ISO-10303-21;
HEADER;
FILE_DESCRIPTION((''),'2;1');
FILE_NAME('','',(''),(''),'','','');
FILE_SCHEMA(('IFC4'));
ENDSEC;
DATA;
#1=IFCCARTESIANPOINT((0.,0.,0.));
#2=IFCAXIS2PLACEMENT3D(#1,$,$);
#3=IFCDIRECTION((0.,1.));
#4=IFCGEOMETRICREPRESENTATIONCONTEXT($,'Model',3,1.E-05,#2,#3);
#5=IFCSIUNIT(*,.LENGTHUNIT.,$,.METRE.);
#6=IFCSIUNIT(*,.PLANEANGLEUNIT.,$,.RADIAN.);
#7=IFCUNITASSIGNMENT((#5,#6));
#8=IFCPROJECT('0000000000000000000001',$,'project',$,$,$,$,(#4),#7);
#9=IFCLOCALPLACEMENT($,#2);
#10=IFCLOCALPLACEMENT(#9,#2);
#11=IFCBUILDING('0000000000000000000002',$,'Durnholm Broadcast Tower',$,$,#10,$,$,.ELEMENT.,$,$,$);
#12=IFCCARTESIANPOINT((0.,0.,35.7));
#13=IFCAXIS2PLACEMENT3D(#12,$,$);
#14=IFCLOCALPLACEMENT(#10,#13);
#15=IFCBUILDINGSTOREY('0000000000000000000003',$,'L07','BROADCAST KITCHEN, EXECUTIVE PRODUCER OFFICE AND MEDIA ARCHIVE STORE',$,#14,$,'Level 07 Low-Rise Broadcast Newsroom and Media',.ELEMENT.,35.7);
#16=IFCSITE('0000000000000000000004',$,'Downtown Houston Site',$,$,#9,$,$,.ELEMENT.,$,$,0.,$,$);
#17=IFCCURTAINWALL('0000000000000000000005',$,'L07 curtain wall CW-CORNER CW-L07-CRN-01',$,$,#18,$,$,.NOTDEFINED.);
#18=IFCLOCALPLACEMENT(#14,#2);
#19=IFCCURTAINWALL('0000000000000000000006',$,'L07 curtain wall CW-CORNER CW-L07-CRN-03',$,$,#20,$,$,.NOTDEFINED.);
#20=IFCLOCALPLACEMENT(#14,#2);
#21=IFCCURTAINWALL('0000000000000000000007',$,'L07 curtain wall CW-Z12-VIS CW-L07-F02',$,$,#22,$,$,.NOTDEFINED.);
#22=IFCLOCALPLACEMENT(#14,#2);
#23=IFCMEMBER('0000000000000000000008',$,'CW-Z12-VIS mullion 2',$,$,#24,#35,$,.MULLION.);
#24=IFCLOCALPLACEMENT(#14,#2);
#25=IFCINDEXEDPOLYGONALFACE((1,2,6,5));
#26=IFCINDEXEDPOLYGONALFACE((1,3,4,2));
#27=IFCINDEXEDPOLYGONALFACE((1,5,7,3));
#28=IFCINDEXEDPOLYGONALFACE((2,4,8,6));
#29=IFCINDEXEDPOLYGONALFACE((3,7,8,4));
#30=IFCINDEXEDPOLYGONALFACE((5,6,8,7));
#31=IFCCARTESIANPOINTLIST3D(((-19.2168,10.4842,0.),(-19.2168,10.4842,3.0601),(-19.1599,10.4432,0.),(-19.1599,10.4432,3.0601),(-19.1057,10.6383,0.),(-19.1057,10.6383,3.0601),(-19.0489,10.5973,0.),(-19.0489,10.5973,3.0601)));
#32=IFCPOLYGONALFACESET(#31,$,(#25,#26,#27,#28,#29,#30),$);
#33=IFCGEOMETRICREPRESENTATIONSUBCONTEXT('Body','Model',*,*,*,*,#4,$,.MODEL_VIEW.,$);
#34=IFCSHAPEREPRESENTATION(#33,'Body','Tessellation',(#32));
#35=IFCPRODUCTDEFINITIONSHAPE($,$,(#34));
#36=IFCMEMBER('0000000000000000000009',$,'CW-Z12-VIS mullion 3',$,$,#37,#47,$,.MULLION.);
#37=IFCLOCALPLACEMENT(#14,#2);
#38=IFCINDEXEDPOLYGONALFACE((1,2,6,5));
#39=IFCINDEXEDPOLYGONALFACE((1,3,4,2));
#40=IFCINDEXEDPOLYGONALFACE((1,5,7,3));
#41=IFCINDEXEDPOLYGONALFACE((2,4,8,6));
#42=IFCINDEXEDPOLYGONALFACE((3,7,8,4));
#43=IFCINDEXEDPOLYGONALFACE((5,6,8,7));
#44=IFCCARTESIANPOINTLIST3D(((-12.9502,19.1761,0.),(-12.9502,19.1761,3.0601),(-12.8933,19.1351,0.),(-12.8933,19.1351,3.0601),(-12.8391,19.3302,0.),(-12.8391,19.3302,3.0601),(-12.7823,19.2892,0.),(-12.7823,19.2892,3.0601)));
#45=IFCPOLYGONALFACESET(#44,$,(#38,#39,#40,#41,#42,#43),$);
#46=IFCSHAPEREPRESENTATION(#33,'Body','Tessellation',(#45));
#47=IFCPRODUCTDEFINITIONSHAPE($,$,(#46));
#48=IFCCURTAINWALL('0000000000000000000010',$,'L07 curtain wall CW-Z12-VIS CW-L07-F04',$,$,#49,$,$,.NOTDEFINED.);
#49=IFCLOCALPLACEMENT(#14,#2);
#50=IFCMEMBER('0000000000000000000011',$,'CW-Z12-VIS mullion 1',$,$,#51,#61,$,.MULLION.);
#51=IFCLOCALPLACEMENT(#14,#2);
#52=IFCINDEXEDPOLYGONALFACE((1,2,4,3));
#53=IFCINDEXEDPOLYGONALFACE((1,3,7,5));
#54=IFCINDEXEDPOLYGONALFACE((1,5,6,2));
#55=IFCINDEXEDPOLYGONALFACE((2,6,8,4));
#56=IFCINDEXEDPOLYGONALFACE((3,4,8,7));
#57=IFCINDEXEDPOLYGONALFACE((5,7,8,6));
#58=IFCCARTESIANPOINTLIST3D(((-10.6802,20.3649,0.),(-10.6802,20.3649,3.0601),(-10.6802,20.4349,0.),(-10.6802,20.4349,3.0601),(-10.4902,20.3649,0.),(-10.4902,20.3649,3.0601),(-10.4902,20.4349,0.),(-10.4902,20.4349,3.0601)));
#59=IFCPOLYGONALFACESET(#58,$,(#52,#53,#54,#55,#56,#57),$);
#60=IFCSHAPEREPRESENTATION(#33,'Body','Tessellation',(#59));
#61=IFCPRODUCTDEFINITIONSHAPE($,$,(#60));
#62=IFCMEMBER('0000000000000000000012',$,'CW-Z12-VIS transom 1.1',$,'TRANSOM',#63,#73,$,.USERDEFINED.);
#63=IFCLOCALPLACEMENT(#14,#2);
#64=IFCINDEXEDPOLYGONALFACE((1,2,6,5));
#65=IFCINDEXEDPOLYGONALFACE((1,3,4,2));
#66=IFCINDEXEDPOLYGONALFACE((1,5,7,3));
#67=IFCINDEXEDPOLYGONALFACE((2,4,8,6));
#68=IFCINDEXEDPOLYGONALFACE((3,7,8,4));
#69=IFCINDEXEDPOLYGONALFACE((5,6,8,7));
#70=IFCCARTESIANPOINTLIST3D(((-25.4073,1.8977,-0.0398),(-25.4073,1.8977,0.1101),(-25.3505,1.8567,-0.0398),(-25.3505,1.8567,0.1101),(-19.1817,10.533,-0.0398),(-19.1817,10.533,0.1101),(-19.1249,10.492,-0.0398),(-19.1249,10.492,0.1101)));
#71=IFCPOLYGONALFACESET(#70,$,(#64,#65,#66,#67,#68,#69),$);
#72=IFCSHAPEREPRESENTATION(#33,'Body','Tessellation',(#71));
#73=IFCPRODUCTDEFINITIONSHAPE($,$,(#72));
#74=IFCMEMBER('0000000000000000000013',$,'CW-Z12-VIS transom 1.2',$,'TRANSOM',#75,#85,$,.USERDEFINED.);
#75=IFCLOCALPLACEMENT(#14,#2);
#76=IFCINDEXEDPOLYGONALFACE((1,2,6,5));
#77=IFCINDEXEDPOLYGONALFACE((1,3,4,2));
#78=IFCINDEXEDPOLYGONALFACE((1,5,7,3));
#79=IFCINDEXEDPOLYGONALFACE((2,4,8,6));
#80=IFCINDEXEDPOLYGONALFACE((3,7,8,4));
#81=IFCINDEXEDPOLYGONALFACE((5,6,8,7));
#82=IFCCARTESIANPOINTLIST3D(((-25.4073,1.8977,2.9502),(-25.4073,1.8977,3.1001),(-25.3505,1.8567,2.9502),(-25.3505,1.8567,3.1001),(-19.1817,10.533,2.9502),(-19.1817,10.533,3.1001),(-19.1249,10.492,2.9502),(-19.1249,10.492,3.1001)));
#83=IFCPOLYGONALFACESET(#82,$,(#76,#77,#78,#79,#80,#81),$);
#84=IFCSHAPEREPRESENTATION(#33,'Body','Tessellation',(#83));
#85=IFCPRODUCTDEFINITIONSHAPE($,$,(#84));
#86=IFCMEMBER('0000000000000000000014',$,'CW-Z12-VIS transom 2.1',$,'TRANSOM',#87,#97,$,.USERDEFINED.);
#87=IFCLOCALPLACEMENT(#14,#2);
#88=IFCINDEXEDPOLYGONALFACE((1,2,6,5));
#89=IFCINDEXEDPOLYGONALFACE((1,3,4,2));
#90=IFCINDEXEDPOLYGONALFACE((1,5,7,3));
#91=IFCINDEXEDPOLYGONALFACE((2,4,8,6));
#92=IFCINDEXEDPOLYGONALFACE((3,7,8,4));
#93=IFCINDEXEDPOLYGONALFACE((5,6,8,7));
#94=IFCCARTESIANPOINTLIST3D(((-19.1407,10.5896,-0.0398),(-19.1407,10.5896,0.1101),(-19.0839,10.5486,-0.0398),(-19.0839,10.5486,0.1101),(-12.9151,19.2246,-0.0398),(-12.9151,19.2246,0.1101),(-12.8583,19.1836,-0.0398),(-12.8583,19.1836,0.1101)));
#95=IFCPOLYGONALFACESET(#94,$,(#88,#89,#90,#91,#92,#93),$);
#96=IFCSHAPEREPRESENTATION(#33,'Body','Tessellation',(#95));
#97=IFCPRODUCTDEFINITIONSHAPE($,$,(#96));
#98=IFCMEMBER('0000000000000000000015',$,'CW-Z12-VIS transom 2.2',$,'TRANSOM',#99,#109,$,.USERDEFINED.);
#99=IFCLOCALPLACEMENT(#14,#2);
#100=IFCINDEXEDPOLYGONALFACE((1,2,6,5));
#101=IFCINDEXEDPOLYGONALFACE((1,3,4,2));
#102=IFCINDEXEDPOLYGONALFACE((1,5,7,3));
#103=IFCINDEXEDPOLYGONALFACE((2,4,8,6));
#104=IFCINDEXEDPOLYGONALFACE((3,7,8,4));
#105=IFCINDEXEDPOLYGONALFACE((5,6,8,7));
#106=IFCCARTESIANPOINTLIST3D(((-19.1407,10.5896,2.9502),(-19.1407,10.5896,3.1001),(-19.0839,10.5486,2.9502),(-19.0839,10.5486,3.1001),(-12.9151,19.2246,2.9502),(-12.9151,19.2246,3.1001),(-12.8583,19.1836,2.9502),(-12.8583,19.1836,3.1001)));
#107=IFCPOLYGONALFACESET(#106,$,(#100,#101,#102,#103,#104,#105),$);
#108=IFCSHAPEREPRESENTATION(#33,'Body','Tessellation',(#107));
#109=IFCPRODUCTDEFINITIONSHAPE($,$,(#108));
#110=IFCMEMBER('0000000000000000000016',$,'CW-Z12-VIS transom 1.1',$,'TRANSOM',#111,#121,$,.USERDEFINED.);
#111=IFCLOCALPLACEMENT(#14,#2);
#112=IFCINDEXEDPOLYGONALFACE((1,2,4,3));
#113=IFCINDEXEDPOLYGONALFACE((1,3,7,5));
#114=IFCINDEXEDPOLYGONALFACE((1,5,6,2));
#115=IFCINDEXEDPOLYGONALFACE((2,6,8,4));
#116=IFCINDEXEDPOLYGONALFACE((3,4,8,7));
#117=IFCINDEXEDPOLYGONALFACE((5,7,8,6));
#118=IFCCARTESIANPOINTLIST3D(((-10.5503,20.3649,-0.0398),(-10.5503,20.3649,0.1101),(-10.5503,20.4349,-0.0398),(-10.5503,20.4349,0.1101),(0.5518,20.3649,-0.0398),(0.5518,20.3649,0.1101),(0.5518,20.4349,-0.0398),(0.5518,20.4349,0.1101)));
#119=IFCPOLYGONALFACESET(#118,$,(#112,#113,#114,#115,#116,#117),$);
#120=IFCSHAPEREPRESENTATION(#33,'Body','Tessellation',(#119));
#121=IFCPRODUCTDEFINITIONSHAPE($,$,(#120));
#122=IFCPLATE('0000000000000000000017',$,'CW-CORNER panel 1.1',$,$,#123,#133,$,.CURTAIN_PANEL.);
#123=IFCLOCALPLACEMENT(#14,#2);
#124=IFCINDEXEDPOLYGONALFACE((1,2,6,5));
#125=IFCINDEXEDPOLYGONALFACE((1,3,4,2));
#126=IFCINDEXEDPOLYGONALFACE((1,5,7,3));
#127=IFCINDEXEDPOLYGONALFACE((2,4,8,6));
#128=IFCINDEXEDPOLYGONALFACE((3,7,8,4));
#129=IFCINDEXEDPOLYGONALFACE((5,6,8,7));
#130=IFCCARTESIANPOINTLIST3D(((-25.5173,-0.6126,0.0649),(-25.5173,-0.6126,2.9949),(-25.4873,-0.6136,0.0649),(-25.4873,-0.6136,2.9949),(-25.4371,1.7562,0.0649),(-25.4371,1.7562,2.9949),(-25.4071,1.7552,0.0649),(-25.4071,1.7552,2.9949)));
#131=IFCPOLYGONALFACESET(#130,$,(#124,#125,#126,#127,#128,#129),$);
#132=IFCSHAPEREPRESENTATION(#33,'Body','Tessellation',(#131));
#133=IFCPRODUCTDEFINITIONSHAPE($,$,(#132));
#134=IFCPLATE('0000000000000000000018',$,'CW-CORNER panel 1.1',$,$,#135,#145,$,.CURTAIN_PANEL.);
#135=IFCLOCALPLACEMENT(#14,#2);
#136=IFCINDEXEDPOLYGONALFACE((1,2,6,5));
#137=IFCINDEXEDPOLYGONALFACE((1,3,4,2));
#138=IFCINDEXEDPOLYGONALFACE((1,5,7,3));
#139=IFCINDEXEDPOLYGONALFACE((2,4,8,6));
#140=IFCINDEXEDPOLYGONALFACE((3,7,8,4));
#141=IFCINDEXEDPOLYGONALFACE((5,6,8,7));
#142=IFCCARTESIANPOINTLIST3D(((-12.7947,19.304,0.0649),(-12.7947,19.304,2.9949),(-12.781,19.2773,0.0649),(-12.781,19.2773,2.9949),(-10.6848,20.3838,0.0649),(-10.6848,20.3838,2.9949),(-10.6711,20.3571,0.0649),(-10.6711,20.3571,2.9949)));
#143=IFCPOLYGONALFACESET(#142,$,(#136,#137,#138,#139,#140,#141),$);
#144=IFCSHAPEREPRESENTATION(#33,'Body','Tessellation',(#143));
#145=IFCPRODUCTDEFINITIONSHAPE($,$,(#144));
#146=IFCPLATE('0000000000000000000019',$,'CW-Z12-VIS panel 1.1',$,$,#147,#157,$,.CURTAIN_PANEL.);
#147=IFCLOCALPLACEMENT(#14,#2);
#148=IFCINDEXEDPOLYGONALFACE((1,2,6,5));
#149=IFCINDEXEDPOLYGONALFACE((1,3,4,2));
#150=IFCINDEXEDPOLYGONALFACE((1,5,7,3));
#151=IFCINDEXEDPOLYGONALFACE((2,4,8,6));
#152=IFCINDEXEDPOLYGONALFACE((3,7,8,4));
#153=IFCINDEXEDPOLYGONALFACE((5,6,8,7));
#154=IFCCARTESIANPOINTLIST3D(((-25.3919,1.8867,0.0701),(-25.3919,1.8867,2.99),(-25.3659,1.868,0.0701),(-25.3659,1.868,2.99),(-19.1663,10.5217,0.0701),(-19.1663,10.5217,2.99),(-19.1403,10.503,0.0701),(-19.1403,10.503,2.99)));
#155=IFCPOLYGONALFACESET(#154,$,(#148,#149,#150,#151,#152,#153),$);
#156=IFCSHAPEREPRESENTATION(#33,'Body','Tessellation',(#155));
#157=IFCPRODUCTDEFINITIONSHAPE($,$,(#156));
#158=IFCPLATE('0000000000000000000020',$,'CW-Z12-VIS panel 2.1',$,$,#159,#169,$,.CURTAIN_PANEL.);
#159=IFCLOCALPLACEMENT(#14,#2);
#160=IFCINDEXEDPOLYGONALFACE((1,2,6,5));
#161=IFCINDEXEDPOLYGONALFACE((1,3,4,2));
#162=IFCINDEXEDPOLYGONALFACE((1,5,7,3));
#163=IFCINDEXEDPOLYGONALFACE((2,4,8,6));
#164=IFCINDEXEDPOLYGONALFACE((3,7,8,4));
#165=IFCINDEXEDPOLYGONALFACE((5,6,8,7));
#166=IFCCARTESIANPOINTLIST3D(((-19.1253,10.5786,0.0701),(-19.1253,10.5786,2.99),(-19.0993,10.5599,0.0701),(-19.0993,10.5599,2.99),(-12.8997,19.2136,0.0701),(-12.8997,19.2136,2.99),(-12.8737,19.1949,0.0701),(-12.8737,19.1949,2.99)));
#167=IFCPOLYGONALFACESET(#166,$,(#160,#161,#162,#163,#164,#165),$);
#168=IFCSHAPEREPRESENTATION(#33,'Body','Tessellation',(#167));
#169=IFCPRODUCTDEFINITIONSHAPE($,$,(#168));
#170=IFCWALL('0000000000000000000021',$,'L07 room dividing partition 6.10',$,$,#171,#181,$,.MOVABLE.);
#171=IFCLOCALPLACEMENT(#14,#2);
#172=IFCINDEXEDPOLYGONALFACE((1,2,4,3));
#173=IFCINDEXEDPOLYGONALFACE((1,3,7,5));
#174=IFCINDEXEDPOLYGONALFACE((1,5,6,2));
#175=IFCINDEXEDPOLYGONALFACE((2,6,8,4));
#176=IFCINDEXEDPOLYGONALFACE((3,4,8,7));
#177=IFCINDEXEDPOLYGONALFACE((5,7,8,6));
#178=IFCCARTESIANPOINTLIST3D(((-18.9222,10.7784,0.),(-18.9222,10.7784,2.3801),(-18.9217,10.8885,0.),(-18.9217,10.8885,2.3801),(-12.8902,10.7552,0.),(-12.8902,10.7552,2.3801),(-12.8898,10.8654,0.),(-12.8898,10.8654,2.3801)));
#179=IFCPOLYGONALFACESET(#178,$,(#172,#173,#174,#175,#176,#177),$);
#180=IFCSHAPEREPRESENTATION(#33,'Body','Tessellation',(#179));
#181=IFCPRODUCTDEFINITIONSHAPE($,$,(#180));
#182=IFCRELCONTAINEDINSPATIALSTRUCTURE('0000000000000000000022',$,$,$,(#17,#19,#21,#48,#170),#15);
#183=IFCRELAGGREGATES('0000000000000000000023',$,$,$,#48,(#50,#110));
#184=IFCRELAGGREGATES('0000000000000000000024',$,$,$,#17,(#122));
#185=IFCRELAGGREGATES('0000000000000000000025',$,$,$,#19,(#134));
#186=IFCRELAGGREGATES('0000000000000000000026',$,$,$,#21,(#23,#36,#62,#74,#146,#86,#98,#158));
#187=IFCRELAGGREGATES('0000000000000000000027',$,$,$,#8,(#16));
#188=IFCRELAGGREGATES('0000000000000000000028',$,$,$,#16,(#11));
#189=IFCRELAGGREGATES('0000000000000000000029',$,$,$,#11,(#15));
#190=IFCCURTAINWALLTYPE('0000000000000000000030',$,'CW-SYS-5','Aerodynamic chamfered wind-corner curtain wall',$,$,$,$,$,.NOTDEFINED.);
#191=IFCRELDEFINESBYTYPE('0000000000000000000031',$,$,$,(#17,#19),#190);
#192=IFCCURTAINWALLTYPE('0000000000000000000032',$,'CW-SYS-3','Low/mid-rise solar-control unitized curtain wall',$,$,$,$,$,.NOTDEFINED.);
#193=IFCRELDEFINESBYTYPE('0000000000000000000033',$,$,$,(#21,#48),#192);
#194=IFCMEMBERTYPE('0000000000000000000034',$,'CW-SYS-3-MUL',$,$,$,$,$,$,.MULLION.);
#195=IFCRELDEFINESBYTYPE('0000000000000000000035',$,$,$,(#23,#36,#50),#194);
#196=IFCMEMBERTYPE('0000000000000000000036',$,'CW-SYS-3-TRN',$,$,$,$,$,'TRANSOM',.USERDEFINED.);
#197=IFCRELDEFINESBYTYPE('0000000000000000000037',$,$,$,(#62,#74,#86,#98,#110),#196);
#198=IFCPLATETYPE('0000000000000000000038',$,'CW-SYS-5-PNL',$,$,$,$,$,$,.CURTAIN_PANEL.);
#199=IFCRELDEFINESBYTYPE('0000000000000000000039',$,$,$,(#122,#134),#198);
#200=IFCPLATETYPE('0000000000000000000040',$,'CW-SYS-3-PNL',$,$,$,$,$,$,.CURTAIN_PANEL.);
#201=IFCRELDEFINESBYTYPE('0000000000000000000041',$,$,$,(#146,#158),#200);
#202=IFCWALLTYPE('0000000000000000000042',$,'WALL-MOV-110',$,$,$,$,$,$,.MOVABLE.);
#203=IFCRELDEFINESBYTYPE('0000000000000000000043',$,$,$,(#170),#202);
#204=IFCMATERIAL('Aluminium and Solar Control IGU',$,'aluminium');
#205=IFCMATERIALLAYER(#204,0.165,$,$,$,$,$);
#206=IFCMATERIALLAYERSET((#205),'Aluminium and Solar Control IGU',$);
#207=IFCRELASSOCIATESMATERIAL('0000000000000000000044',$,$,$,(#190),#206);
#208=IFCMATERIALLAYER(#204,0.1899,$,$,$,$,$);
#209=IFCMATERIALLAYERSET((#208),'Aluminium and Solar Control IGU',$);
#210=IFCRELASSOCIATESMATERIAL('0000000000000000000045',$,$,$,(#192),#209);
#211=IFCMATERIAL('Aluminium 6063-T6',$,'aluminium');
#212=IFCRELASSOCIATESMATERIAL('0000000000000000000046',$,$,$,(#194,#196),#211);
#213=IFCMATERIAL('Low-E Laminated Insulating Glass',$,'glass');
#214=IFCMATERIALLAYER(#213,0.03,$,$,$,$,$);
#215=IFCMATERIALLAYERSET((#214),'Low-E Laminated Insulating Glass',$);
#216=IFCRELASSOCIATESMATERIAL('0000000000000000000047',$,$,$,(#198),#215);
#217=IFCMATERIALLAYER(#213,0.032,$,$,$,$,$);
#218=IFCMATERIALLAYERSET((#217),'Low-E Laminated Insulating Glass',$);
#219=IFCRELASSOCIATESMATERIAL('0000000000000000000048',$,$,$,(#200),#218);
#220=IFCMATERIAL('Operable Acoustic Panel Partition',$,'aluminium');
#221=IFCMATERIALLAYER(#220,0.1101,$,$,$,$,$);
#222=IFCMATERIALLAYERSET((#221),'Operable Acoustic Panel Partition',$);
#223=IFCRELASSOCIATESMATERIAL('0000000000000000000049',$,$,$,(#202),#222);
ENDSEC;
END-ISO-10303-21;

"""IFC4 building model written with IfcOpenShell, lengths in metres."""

from ifc_helpers import new_model, si_unit, direction, frame, frame_2d, origin, origin_2d, place, context, subcontext, project, spatial, rectangle, extrude, source, transform, mapped, material, layer, layer_set, material_profile, profile_set, type_object, type_shapes, element, aggregate, save


model = new_model("IFC4")

# Units and contexts
model_context = context("Model", 3, precision=1e-05, world=origin(), true_north=direction((0.0, 1.0)))
body_context = subcontext(model_context, "Body", "Model", "MODEL_VIEW")
ifc_project = project(units=[si_unit("LENGTHUNIT", "METRE"), si_unit("PLANEANGLEUNIT", "RADIAN")], contexts=[model_context])

# Site, building, storey
site_placement = place(None, origin())
site = spatial("IfcSite", under=ifc_project, at=site_placement, Name="Downtown Houston Site", CompositionType="ELEMENT", RefElevation=0.0)
building_placement = place(site_placement, origin())
building = spatial("IfcBuilding", under=site, at=building_placement, Name="Durnholm Broadcast Tower", CompositionType="ELEMENT")
storey_placement = place(building_placement, frame((0.0, 0.0, 35.7)))
storey = spatial("IfcBuildingStorey", under=building, at=storey_placement, Name="L07", Description="BROADCAST KITCHEN, EXECUTIVE PRODUCER OFFICE AND MEDIA ARCHIVE STORE", LongName="Level 07 Low-Rise Broadcast Newsroom and Media", CompositionType="ELEMENT", Elevation=35.7)

# Curtain wall
ifc_material_1 = material(Name="Aluminium and Solar Control IGU", Category="aluminium")
ifc_layer_1 = layer(ifc_material_1, 0.165)
ifc_layer_set_1 = layer_set([ifc_layer_1], Name="Aluminium and Solar Control IGU")
curtain_wall_type_1 = type_object("IfcCurtainWallType", Name="CW-SYS-5", Description="Aerodynamic chamfered wind-corner curtain wall", PredefinedType="NOTDEFINED", material=ifc_layer_set_1)
curtain_wall_1_placement = place(storey_placement, origin())
curtain_wall_1 = element("IfcCurtainWall", 1, at=curtain_wall_1_placement, inside=storey, type_object=curtain_wall_type_1, Name="L07 curtain wall CW-CORNER CW-L07-CRN-01", PredefinedType="NOTDEFINED")
ifc_material_2 = material(Name="Aluminium 6063-T6", Category="aluminium")

# Curtain walls, members
curtain_wall_2_placement = place(storey_placement, origin())
curtain_wall_2 = element("IfcCurtainWall", 2, at=curtain_wall_2_placement, inside=storey, type_object=curtain_wall_type_1, Name="L07 curtain wall CW-CORNER CW-L07-CRN-03", PredefinedType="NOTDEFINED")
ifc_layer_2 = layer(ifc_material_1, 0.1899)
ifc_layer_set_2 = layer_set([ifc_layer_2], Name="Aluminium and Solar Control IGU")
curtain_wall_type_2 = type_object("IfcCurtainWallType", Name="CW-SYS-3", Description="Low/mid-rise solar-control unitized curtain wall", PredefinedType="NOTDEFINED", material=ifc_layer_set_2)
curtain_wall_3_placement = place(storey_placement, origin())
curtain_wall_3 = element("IfcCurtainWall", 3, at=curtain_wall_3_placement, inside=storey, type_object=curtain_wall_type_2, Name="L07 curtain wall CW-Z12-VIS CW-L07-F02", PredefinedType="NOTDEFINED")
ifc_material_profile_1 = material_profile(ifc_material_2, rectangle(XDim=0.0701, YDim=0.1899, at=origin_2d()), Name="CWM70X190")
ifc_profile_set_1 = profile_set([ifc_material_profile_1], Name="Aluminium 6063-T6")
member_type_1 = type_object("IfcMemberType", Name="CW-SYS-3-MUL", PredefinedType="MULLION", material=ifc_profile_set_1)
shared_shape_1 = source(origin(), body_context, "Body", "SweptSolid", [
    extrude(rectangle(XDim=0.0701, YDim=0.1899, at=origin_2d()), origin(), (0.0, 0.0, 1.0), 3.0601),
])
type_shapes(member_type_1, [shared_shape_1])
member_1_placement = place(storey_placement, frame((-19.1328, 10.5408, 0.0), z_axis=(0.0, 0.0, 1.0), x_axis=(-0.811161, 0.584823, 0.0)))
member_1 = element("IfcMember", 4, at=member_1_placement, type_object=member_type_1, Name="CW-Z12-VIS mullion 2", PredefinedType="MULLION", context=body_context, shape_type="MappedRepresentation", body=[
    mapped(shared_shape_1, transform((0.0, 0.0, 0.0), x_axis=(1.0, 0.0, 0.0), y_axis=(0.0, 1.0, 0.0), z_axis=(0.0, 0.0, 1.0), scale=1.0)),
])
member_2_placement = place(storey_placement, frame((-12.8662, 19.2327, 0.0), z_axis=(0.0, 0.0, 1.0), x_axis=(-0.811161, 0.584823, 0.0)))
member_2 = element("IfcMember", 5, at=member_2_placement, type_object=member_type_1, Name="CW-Z12-VIS mullion 3", PredefinedType="MULLION", context=body_context, shape_type="MappedRepresentation", body=[
    mapped(shared_shape_1, transform((0.0, 0.0, 0.0), x_axis=(1.0, 0.0, 0.0), y_axis=(0.0, 1.0, 0.0), z_axis=(0.0, 0.0, 1.0), scale=1.0)),
])

# Curtain wall, member
curtain_wall_4_placement = place(storey_placement, origin())
curtain_wall_4 = element("IfcCurtainWall", 6, at=curtain_wall_4_placement, inside=storey, type_object=curtain_wall_type_2, Name="L07 curtain wall CW-Z12-VIS CW-L07-F04", PredefinedType="NOTDEFINED")
member_3_placement = place(storey_placement, frame((-10.5852, 20.3999, 0.0), z_axis=(0.0, 0.0, 1.0), x_axis=(0.0, 1.0, 0.0)))
member_3 = element("IfcMember", 7, at=member_3_placement, type_object=member_type_1, Name="CW-Z12-VIS mullion 1", PredefinedType="MULLION", context=body_context, shape_type="MappedRepresentation", body=[
    mapped(shared_shape_1, transform((0.0, 0.0, 0.0), x_axis=(1.0, 0.0, 0.0), y_axis=(0.0, 1.0, 0.0), z_axis=(0.0, 0.0, 1.0), scale=1.0)),
])

# Members
ifc_material_profile_2 = material_profile(ifc_material_2, rectangle(XDim=0.0701, YDim=0.1499, at=origin_2d()), Name="CWT70X150")
ifc_profile_set_2 = profile_set([ifc_material_profile_2], Name="Aluminium 6063-T6")
member_type_2 = type_object("IfcMemberType", Name="CW-SYS-3-TRN", ElementType="TRANSOM", PredefinedType="USERDEFINED", material=ifc_profile_set_2)
shared_shape_2 = source(origin(), body_context, "Body", "SweptSolid", [
    extrude(rectangle(XDim=0.0701, YDim=0.1499, at=origin_2d()), origin(), (0.0, 0.0, 1.0), 10.6455),
])
member_4_placement = place(storey_placement, frame((-25.3789, 1.8772, 0.0352), z_axis=(0.584812, 0.811169, 0.0), x_axis=(-0.811169, 0.584812, 0.0)))
member_4 = element("IfcMember", 8, at=member_4_placement, type_object=member_type_2, Name="CW-Z12-VIS transom 1.1", ObjectType="TRANSOM", PredefinedType="USERDEFINED", context=body_context, shape_type="MappedRepresentation", body=[
    mapped(shared_shape_2, transform((0.0, 0.0, 0.0), x_axis=(1.0, 0.0, 0.0), y_axis=(0.0, 1.0, 0.0), z_axis=(0.0, 0.0, 1.0), scale=1.0)),
])
member_5_placement = place(storey_placement, frame((-25.3789, 1.8772, 3.0251), z_axis=(0.584812, 0.811169, 0.0), x_axis=(-0.811169, 0.584812, 0.0)))
member_5 = element("IfcMember", 9, at=member_5_placement, type_object=member_type_2, Name="CW-Z12-VIS transom 1.2", ObjectType="TRANSOM", PredefinedType="USERDEFINED", context=body_context, shape_type="MappedRepresentation", body=[
    mapped(shared_shape_2, transform((0.0, 0.0, 0.0), x_axis=(1.0, 0.0, 0.0), y_axis=(0.0, 1.0, 0.0), z_axis=(0.0, 0.0, 1.0), scale=1.0)),
])
shared_shape_3 = source(origin(), body_context, "Body", "SweptSolid", [
    extrude(rectangle(XDim=0.0701, YDim=0.1499, at=origin_2d()), origin(), (0.0, 0.0, 1.0), 10.6453),
])
member_6_placement = place(storey_placement, frame((-19.1123, 10.5691, 0.0352), z_axis=(0.584823, 0.811161, 0.0), x_axis=(-0.811161, 0.584823, 0.0)))
member_6 = element("IfcMember", 10, at=member_6_placement, type_object=member_type_2, Name="CW-Z12-VIS transom 2.1", ObjectType="TRANSOM", PredefinedType="USERDEFINED", context=body_context, shape_type="MappedRepresentation", body=[
    mapped(shared_shape_3, transform((0.0, 0.0, 0.0), x_axis=(1.0, 0.0, 0.0), y_axis=(0.0, 1.0, 0.0), z_axis=(0.0, 0.0, 1.0), scale=1.0)),
])
member_7_placement = place(storey_placement, frame((-19.1123, 10.5691, 3.0251), z_axis=(0.584823, 0.811161, 0.0), x_axis=(-0.811161, 0.584823, 0.0)))
member_7 = element("IfcMember", 11, at=member_7_placement, type_object=member_type_2, Name="CW-Z12-VIS transom 2.2", ObjectType="TRANSOM", PredefinedType="USERDEFINED", context=body_context, shape_type="MappedRepresentation", body=[
    mapped(shared_shape_3, transform((0.0, 0.0, 0.0), x_axis=(1.0, 0.0, 0.0), y_axis=(0.0, 1.0, 0.0), z_axis=(0.0, 0.0, 1.0), scale=1.0)),
])
shared_shape_4 = source(origin(), body_context, "Body", "SweptSolid", [
    extrude(rectangle(XDim=0.0701, YDim=0.1499, at=origin_2d()), origin(), (0.0, 0.0, 1.0), 11.1021),
])
type_shapes(member_type_2, [shared_shape_2, shared_shape_3, shared_shape_4])
member_8_placement = place(storey_placement, frame((-10.5503, 20.3999, 0.0352), z_axis=(1.0, 0.0, 0.0), x_axis=(0.0, 1.0, 0.0)))
member_8 = element("IfcMember", 12, at=member_8_placement, type_object=member_type_2, Name="CW-Z12-VIS transom 1.1", ObjectType="TRANSOM", PredefinedType="USERDEFINED", context=body_context, shape_type="MappedRepresentation", body=[
    mapped(shared_shape_4, transform((0.0, 0.0, 0.0), x_axis=(1.0, 0.0, 0.0), y_axis=(0.0, 1.0, 0.0), z_axis=(0.0, 0.0, 1.0), scale=1.0)),
])
aggregate(curtain_wall_4, [member_3, member_8])

# Plates
ifc_material_3 = material(Name="Low-E Laminated Insulating Glass", Category="glass")
ifc_layer_3 = layer(ifc_material_3, 0.03)
ifc_layer_set_3 = layer_set([ifc_layer_3], Name="Low-E Laminated Insulating Glass")
plate_type_1 = type_object("IfcPlateType", Name="CW-SYS-5-PNL", PredefinedType="CURTAIN_PANEL", material=ifc_layer_set_3)
shared_shape_5 = source(origin(), body_context, "Body", "SweptSolid", [
    extrude(rectangle(XDim=2.3701, YDim=0.03, at=origin_2d()), origin(), (0.0, 0.0, 1.0), 2.9299),
])
type_shapes(plate_type_1, [shared_shape_5])
plate_1_placement = place(storey_placement, frame((-25.4622, 0.5713, 0.0649), z_axis=(0.0, 0.0, 1.0), x_axis=(0.03384, 0.999427, 0.0)))
plate_1 = element("IfcPlate", 13, at=plate_1_placement, type_object=plate_type_1, Name="CW-CORNER panel 1.1", PredefinedType="CURTAIN_PANEL", context=body_context, shape_type="MappedRepresentation", body=[
    mapped(shared_shape_5, transform((0.0, 0.0, 0.0), x_axis=(1.0, 0.0, 0.0), y_axis=(0.0, 1.0, 0.0), z_axis=(0.0, 0.0, 1.0), scale=1.0)),
])
aggregate(curtain_wall_1, [plate_1])
plate_2_placement = place(storey_placement, frame((-11.7329, 19.8306, 0.0649), z_axis=(0.0, 0.0, 1.0), x_axis=(0.890188, 0.455594, 0.0)))
plate_2 = element("IfcPlate", 14, at=plate_2_placement, type_object=plate_type_1, Name="CW-CORNER panel 1.1", PredefinedType="CURTAIN_PANEL", context=body_context, shape_type="MappedRepresentation", body=[
    mapped(shared_shape_5, transform((0.0, 0.0, 0.0), x_axis=(1.0, 0.0, 0.0), y_axis=(0.0, 1.0, 0.0), z_axis=(0.0, 0.0, 1.0), scale=1.0)),
])
aggregate(curtain_wall_2, [plate_2])
ifc_layer_4 = layer(ifc_material_3, 0.032)
ifc_layer_set_4 = layer_set([ifc_layer_4], Name="Low-E Laminated Insulating Glass")
plate_type_2 = type_object("IfcPlateType", Name="CW-SYS-3-PNL", PredefinedType="CURTAIN_PANEL", material=ifc_layer_set_4)
shared_shape_6 = source(origin(), body_context, "Body", "SweptSolid", [
    extrude(rectangle(XDim=10.6453, YDim=0.032, at=origin_2d()), origin(), (0.0, 0.0, 1.0), 2.9199),
])
type_shapes(plate_type_2, [shared_shape_6])
plate_3_placement = place(storey_placement, frame((-22.2661, 6.1948, 0.0701), z_axis=(0.0, 0.0, 1.0), x_axis=(0.584823, 0.811161, 0.0)))
plate_3 = element("IfcPlate", 15, at=plate_3_placement, type_object=plate_type_2, Name="CW-Z12-VIS panel 1.1", PredefinedType="CURTAIN_PANEL", context=body_context, shape_type="MappedRepresentation", body=[
    mapped(shared_shape_6, transform((0.0, 0.0, 0.0), x_axis=(1.0, 0.0, 0.0), y_axis=(0.0, 1.0, 0.0), z_axis=(0.0, 0.0, 1.0), scale=1.0)),
])
plate_4_placement = place(storey_placement, frame((-15.9995, 14.8867, 0.0701), z_axis=(0.0, 0.0, 1.0), x_axis=(0.584823, 0.811161, 0.0)))
plate_4 = element("IfcPlate", 16, at=plate_4_placement, type_object=plate_type_2, Name="CW-Z12-VIS panel 2.1", PredefinedType="CURTAIN_PANEL", context=body_context, shape_type="MappedRepresentation", body=[
    mapped(shared_shape_6, transform((0.0, 0.0, 0.0), x_axis=(1.0, 0.0, 0.0), y_axis=(0.0, 1.0, 0.0), z_axis=(0.0, 0.0, 1.0), scale=1.0)),
])
aggregate(curtain_wall_3, [member_1, member_2, member_4, member_5, plate_3, member_6, member_7, plate_4])

# Wall
ifc_material_4 = material(Name="Operable Acoustic Panel Partition", Category="aluminium")
ifc_layer_5 = layer(ifc_material_4, 0.1101)
ifc_layer_set_5 = layer_set([ifc_layer_5], Name="Operable Acoustic Panel Partition")
wall_type_1 = type_object("IfcWallType", Name="WALL-MOV-110", PredefinedType="MOVABLE", material=ifc_layer_set_5)
wall_1_placement = place(storey_placement, frame((-12.8899, 10.8103, 0.0), z_axis=(0.0, 0.0, 1.0), x_axis=(-0.999993, 0.003845, 0.0)))
element("IfcWall", 17, at=wall_1_placement, inside=storey, type_object=wall_type_1, Name="L07 room dividing partition 6.10", PredefinedType="MOVABLE", context=body_context, shape_type="SweptSolid", body=[
    extrude(rectangle(XDim=6.032, YDim=0.1101, at=frame_2d((3.0161, 0.0))), origin(), (0.0, 0.0, 1.0), 2.3801),
])

save(model, "model.ifc")
